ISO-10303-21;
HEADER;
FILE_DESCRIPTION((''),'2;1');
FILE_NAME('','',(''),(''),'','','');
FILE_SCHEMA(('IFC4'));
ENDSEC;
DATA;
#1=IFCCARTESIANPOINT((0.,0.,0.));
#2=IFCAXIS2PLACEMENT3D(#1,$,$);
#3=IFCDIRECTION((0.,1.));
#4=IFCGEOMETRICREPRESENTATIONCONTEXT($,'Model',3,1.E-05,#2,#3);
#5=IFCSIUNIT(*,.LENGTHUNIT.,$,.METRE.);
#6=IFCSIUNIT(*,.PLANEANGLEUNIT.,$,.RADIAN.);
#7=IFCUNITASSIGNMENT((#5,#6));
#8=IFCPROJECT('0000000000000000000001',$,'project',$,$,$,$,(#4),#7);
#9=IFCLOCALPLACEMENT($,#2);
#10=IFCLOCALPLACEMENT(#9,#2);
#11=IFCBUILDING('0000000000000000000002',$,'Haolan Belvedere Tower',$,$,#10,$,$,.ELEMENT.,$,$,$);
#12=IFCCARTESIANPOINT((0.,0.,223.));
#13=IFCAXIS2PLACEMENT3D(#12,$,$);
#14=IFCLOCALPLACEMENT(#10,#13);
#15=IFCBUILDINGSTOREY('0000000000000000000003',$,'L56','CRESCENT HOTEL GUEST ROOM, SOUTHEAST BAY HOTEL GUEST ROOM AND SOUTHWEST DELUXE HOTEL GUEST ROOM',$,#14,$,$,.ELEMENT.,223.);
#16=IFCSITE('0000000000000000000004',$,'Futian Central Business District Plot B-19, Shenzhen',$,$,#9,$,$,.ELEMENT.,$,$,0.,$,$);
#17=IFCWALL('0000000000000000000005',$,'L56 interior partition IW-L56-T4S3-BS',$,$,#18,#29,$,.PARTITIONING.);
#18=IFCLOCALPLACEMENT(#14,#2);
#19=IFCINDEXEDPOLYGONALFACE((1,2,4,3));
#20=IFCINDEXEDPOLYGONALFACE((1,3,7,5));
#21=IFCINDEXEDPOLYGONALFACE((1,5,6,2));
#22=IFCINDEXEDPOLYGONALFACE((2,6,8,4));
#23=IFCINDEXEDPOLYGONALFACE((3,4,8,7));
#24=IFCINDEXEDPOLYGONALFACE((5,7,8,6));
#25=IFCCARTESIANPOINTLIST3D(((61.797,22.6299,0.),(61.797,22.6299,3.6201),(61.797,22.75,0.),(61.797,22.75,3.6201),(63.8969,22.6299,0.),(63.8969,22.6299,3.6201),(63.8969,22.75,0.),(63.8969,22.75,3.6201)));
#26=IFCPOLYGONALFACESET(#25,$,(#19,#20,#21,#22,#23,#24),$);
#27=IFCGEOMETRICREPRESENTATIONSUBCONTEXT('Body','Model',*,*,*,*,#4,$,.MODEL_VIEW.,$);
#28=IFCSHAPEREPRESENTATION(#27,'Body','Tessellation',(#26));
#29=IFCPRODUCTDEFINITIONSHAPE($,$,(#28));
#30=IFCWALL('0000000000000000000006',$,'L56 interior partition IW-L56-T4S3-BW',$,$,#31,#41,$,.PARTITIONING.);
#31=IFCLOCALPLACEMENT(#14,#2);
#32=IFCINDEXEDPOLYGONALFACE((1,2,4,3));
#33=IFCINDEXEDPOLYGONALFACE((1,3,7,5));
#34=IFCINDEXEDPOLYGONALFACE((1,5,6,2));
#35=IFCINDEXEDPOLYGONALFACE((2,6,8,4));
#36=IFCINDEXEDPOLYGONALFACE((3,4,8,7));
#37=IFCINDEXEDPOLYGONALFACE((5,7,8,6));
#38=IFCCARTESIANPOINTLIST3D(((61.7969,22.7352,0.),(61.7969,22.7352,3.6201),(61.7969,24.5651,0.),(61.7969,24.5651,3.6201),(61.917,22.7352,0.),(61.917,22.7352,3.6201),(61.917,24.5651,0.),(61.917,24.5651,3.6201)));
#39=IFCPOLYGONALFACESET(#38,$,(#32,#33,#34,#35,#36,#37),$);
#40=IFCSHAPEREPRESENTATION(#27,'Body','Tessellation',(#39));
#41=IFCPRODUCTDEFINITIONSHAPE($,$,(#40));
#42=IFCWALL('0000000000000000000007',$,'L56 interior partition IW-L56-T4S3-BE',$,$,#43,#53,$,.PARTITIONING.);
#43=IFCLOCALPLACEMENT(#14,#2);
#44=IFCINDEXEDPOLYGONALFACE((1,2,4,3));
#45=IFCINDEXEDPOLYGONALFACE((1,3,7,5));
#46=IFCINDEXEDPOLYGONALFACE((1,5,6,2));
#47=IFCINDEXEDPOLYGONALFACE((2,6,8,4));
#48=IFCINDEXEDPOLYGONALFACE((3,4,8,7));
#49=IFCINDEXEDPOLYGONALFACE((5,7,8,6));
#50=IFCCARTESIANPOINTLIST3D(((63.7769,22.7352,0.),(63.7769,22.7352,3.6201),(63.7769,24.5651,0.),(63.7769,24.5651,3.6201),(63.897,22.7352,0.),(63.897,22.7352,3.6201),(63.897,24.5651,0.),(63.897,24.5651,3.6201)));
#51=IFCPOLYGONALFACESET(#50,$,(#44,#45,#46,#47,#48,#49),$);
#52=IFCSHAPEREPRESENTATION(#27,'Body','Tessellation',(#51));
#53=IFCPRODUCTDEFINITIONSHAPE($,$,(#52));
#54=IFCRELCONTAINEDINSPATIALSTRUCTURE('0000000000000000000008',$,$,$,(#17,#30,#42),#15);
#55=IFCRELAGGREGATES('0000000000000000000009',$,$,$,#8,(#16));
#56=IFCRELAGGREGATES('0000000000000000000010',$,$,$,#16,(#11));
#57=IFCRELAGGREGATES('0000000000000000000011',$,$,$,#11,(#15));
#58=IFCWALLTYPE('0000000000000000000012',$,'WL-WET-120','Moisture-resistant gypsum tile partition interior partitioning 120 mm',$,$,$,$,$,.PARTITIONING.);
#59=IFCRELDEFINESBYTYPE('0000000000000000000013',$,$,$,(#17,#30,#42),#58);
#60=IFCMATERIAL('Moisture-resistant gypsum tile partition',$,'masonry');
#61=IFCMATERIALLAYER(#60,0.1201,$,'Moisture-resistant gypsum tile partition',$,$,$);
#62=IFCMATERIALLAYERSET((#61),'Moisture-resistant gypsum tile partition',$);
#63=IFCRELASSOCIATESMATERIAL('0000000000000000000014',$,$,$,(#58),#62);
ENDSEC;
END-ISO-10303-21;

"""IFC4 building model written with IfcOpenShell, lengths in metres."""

from ifc_helpers import new_model, si_unit, direction, frame, frame_2d, origin, place, context, subcontext, project, spatial, rectangle, extrude, material, layer, layer_set, type_object, element, save


model = new_model("IFC4")

# Units and contexts
model_context = context("Model", 3, precision=1e-05, world=origin(), true_north=direction((0.0, 1.0)))
body_context = subcontext(model_context, "Body", "Model", "MODEL_VIEW")
ifc_project = project(units=[si_unit("LENGTHUNIT", "METRE"), si_unit("PLANEANGLEUNIT", "RADIAN")], contexts=[model_context])

# Site, building, storey
site_placement = place(None, origin())
site = spatial("IfcSite", under=ifc_project, at=site_placement, Name="Futian Central Business District Plot B-19, Shenzhen", CompositionType="ELEMENT", RefElevation=0.0)
building_placement = place(site_placement, origin())
building = spatial("IfcBuilding", under=site, at=building_placement, Name="Haolan Belvedere Tower", CompositionType="ELEMENT")
storey_placement = place(building_placement, frame((0.0, 0.0, 223.0)))
storey = spatial("IfcBuildingStorey", under=building, at=storey_placement, Name="L56", Description="CRESCENT HOTEL GUEST ROOM, SOUTHEAST BAY HOTEL GUEST ROOM AND SOUTHWEST DELUXE HOTEL GUEST ROOM", CompositionType="ELEMENT", Elevation=223.0)

# Shared definitions
ifc_material_1 = material(Name="Moisture-resistant gypsum tile partition", Category="masonry")
ifc_layer_1 = layer(ifc_material_1, 0.1201, Name="Moisture-resistant gypsum tile partition")
ifc_layer_set_1 = layer_set([ifc_layer_1], Name="Moisture-resistant gypsum tile partition")
wall_type_1 = type_object("IfcWallType", Name="WL-WET-120", Description="Moisture-resistant gypsum tile partition interior partitioning 120 mm", PredefinedType="PARTITIONING", material=ifc_layer_set_1)

# Walls
wall_1_placement = place(storey_placement, frame((61.7971, 22.6899, 0.0), z_axis=(0.0, 0.0, 1.0), x_axis=(1.0, 0.0, 0.0)))
element("IfcWall", 1, at=wall_1_placement, inside=storey, type_object=wall_type_1, Name="L56 interior partition IW-L56-T4S3-BS", PredefinedType="PARTITIONING", context=body_context, shape_type="SweptSolid", body=[
    extrude(rectangle(XDim=2.0999, YDim=0.1201, at=frame_2d((1.0498, 0.0))), origin(), (0.0, 0.0, 1.0), 3.6201),
])
for number, where, z_axis, x_axis, name in (
    (2, (61.8569, 22.7351, 0.0), (0.0, 0.0, 1.0), (0.0, 1.0, 0.0), "L56 interior partition IW-L56-T4S3-BW"),
    (3, (63.8369, 22.7351, 0.0), (0.0, 0.0, 1.0), (0.0, 1.0, 0.0), "L56 interior partition IW-L56-T4S3-BE"),
):
    element("IfcWall", number, at=place(storey_placement, frame(where, z_axis=z_axis, x_axis=x_axis)), inside=storey, type_object=wall_type_1, Name=name, PredefinedType="PARTITIONING", context=body_context, shape_type="SweptSolid", body=[
        extrude(rectangle(XDim=1.8298, YDim=0.1201, at=frame_2d((0.915, 0.0))), origin(), (0.0, 0.0, 1.0), 3.6201),
    ])

save(model, "model.ifc")
